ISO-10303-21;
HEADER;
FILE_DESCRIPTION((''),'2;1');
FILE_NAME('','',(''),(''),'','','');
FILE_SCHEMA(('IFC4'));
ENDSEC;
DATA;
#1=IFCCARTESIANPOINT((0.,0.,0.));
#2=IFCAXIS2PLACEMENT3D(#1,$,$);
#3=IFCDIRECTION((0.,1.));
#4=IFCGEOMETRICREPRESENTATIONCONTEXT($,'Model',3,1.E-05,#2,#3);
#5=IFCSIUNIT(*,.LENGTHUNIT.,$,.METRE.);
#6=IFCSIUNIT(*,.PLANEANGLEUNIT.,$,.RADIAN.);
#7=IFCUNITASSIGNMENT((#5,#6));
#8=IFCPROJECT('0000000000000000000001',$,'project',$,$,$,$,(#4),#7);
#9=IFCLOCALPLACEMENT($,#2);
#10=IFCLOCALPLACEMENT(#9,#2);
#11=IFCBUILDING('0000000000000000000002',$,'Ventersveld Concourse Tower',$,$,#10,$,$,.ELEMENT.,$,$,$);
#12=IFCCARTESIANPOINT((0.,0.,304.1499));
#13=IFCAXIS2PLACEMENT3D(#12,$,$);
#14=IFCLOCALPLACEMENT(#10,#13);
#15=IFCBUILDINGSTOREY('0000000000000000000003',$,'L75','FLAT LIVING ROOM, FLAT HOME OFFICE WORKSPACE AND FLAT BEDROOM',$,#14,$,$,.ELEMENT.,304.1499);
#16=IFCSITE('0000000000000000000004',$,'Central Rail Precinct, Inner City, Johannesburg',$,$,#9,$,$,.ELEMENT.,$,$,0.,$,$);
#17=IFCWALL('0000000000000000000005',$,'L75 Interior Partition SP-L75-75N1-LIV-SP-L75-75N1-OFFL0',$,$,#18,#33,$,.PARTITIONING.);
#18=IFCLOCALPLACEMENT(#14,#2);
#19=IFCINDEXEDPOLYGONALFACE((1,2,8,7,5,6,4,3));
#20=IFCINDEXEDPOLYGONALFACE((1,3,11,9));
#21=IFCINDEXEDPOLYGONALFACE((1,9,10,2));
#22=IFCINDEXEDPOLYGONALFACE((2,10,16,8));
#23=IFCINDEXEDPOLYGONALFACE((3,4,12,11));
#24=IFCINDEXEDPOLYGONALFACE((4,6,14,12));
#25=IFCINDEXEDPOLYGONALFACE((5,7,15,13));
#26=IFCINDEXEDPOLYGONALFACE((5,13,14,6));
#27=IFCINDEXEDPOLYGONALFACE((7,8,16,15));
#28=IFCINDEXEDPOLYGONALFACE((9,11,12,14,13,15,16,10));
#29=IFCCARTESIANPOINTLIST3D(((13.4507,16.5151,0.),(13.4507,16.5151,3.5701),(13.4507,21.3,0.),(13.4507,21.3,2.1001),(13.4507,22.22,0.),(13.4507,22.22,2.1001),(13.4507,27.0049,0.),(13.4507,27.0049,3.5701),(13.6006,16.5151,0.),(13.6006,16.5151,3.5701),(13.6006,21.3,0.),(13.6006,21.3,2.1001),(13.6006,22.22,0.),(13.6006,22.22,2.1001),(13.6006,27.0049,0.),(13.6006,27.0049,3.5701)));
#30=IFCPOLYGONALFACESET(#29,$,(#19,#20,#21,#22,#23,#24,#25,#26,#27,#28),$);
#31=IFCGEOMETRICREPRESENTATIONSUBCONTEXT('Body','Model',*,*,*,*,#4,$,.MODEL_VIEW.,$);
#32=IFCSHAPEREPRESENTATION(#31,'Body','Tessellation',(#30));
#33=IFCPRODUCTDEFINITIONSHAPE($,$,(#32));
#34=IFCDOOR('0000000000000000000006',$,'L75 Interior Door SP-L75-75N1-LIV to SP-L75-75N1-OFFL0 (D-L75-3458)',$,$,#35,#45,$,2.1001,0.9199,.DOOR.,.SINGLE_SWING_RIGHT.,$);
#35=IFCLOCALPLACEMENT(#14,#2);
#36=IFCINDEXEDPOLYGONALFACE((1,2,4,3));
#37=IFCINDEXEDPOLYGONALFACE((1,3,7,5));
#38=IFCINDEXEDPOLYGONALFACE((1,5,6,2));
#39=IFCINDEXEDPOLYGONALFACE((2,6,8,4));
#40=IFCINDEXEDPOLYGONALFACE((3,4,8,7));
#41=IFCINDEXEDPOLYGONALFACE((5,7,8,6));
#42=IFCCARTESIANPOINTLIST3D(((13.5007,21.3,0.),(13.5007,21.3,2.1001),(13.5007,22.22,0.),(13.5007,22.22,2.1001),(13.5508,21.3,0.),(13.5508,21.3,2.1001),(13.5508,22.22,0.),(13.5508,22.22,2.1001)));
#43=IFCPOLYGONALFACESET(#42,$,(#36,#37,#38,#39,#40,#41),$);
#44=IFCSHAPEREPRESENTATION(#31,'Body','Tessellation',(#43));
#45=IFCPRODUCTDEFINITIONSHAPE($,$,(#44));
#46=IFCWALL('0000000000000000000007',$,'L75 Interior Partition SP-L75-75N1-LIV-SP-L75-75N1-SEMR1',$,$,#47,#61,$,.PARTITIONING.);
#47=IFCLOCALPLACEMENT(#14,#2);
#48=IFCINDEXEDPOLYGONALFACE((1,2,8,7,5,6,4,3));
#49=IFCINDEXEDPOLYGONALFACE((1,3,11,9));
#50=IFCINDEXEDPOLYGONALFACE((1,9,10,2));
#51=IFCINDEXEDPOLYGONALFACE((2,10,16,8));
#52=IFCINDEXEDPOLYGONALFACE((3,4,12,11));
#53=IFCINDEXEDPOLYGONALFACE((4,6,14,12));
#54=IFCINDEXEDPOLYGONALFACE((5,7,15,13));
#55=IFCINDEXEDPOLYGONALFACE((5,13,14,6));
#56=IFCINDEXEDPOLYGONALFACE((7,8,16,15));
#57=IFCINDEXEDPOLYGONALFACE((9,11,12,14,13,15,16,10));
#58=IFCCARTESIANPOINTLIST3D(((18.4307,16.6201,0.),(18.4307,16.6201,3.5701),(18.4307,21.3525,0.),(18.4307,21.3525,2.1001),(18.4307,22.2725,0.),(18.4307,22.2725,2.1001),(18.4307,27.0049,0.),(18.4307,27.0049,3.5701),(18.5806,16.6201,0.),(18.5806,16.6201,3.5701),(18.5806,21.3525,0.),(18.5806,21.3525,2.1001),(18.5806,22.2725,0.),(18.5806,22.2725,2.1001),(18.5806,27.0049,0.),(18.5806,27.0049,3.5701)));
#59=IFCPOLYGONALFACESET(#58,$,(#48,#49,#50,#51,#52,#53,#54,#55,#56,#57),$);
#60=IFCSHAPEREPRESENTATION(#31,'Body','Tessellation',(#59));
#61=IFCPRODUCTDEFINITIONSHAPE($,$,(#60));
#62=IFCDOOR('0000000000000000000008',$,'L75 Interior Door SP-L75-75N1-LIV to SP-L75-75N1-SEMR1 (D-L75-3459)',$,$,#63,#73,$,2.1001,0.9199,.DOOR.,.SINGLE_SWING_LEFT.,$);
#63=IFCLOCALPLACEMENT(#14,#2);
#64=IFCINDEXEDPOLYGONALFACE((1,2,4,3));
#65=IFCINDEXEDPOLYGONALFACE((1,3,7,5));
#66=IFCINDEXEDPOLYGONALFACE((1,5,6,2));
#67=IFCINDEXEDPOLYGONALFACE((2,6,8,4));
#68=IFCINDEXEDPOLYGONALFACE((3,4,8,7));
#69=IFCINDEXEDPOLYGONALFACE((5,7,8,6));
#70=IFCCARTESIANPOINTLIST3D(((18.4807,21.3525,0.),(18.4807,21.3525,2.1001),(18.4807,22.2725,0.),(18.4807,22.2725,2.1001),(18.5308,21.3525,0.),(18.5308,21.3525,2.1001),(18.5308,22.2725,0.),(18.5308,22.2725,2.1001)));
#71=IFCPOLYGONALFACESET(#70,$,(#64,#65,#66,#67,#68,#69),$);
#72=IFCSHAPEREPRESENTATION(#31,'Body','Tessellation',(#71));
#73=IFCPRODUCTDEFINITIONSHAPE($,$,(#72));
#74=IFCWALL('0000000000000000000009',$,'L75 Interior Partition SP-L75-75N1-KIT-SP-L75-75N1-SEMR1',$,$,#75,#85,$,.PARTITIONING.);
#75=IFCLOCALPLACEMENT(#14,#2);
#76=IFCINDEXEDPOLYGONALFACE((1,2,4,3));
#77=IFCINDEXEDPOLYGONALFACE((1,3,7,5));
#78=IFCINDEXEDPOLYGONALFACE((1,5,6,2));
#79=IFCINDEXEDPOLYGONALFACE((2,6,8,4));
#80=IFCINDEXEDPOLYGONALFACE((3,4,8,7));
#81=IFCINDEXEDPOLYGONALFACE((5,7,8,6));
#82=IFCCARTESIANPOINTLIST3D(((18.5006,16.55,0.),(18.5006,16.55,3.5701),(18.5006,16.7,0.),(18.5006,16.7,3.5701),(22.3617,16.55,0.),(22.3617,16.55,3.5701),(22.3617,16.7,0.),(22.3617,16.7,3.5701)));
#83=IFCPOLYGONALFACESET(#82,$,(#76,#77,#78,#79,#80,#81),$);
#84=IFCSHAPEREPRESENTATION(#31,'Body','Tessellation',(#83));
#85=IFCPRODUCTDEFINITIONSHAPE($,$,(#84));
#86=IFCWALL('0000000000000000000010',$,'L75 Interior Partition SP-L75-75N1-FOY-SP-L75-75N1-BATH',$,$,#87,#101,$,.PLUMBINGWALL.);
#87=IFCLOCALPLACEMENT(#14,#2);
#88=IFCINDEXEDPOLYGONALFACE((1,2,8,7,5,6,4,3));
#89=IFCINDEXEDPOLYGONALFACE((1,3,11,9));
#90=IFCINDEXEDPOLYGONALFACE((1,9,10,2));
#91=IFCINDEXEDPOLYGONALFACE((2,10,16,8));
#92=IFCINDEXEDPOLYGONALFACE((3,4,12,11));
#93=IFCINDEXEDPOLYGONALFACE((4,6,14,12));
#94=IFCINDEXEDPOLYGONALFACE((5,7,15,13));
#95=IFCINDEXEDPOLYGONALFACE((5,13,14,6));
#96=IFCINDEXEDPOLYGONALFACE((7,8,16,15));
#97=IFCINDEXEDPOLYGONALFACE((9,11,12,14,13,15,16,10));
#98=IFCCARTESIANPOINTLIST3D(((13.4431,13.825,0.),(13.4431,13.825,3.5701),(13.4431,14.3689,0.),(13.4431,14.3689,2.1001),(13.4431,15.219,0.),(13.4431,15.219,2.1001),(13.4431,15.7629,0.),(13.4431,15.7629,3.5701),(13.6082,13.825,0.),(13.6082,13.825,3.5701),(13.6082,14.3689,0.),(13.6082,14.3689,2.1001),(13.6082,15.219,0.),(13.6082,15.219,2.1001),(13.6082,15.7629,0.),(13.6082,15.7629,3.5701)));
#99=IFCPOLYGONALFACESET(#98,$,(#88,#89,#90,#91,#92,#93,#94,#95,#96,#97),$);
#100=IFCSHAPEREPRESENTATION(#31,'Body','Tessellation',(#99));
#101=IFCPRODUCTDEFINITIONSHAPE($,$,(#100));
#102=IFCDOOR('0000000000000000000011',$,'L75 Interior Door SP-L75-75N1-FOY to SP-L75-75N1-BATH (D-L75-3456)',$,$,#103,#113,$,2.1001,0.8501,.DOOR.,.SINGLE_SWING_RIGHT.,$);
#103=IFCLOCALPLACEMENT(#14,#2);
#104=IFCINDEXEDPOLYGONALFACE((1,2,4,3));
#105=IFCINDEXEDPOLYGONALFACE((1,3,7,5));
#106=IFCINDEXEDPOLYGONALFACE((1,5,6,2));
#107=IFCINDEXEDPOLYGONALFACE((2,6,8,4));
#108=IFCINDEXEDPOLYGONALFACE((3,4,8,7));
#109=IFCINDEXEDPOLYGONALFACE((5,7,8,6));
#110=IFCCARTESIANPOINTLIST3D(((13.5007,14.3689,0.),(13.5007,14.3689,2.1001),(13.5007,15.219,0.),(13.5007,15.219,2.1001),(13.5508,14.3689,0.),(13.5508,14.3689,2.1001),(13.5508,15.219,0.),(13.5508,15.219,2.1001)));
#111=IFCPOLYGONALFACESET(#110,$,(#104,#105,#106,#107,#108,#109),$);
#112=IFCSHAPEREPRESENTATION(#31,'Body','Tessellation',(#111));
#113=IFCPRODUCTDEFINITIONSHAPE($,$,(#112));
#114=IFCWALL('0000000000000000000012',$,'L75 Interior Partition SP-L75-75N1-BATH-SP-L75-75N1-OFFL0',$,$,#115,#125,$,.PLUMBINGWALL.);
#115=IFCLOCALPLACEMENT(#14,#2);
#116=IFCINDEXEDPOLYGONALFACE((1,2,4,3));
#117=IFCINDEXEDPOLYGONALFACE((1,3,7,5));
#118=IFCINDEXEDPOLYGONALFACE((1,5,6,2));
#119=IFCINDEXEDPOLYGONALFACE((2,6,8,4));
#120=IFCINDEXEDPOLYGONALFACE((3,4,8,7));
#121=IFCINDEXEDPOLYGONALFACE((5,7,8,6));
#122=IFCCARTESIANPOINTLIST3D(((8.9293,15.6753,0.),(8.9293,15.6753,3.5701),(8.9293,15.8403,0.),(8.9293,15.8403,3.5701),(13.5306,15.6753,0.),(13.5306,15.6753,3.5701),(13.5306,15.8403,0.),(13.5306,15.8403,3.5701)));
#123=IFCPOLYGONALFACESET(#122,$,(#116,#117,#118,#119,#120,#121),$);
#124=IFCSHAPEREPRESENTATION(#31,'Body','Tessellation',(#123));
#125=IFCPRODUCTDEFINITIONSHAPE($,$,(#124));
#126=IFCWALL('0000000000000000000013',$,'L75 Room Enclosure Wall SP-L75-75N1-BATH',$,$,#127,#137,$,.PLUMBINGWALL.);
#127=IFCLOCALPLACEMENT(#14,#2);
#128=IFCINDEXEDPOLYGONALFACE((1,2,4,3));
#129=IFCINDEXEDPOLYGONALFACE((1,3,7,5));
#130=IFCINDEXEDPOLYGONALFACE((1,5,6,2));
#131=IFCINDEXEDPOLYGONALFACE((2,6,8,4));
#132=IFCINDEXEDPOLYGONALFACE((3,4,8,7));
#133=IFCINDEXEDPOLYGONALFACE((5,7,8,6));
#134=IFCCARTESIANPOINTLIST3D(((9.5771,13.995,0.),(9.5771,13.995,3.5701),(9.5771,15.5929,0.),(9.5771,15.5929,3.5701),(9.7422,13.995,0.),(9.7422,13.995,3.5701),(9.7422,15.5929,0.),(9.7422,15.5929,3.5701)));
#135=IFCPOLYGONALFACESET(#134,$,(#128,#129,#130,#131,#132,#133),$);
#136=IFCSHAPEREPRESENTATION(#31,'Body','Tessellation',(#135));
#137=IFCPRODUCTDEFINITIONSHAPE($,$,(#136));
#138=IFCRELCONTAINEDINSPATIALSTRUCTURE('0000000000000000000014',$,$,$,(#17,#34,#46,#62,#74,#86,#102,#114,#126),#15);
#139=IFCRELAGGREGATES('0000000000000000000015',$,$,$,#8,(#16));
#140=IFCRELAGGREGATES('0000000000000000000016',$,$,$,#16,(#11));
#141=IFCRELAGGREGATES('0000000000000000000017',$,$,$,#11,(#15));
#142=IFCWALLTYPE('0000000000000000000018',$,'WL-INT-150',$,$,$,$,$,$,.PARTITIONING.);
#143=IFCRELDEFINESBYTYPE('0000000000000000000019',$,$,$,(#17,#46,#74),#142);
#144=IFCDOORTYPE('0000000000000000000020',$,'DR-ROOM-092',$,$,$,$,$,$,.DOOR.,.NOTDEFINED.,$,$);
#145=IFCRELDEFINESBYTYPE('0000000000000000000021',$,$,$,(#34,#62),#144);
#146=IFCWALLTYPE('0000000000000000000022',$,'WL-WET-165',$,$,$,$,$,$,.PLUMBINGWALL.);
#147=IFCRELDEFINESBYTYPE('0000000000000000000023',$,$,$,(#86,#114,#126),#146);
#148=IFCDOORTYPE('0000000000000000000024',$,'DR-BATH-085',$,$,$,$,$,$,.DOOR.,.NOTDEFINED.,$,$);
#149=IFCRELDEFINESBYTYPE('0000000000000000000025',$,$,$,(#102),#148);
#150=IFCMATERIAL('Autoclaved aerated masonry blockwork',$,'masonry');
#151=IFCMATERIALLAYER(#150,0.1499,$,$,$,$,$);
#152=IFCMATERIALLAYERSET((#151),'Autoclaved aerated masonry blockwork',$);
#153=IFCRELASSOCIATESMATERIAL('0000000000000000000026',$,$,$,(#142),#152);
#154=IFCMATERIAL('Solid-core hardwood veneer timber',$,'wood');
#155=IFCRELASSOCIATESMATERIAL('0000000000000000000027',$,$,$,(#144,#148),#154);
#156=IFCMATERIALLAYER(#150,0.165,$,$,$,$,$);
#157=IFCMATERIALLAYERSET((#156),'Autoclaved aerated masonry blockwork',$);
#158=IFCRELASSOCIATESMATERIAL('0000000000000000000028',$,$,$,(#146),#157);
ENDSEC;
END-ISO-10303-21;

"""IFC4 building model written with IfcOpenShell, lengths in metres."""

from ifc_helpers import new_model, si_unit, direction, frame, frame_2d, origin, place, context, subcontext, project, spatial, rectangle, extrude, material, layer, layer_set, type_object, element, fill, save


model = new_model("IFC4")

# Units and contexts
model_context = context("Model", 3, precision=1e-05, world=origin(), true_north=direction((0.0, 1.0)))
body_context = subcontext(model_context, "Body", "Model", "MODEL_VIEW")
ifc_project = project(units=[si_unit("LENGTHUNIT", "METRE"), si_unit("PLANEANGLEUNIT", "RADIAN")], contexts=[model_context])

# Site, building, storey
site_placement = place(None, origin())
site = spatial("IfcSite", under=ifc_project, at=site_placement, Name="Central Rail Precinct, Inner City, Johannesburg", CompositionType="ELEMENT", RefElevation=0.0)
building_placement = place(site_placement, origin())
building = spatial("IfcBuilding", under=site, at=building_placement, Name="Ventersveld Concourse Tower", CompositionType="ELEMENT")
storey_placement = place(building_placement, frame((0.0, 0.0, 304.1499)))
storey = spatial("IfcBuildingStorey", under=building, at=storey_placement, Name="L75", Description="FLAT LIVING ROOM, FLAT HOME OFFICE WORKSPACE AND FLAT BEDROOM", CompositionType="ELEMENT", Elevation=304.1499)

# Shared definitions
ifc_material_1 = material(Name="Solid-core hardwood veneer timber", Category="wood")

# Shared definitions
ifc_material_2 = material(Name="Autoclaved aerated masonry blockwork", Category="masonry")
ifc_layer_1 = layer(ifc_material_2, 0.1499)
ifc_layer_set_1 = layer_set([ifc_layer_1], Name="Autoclaved aerated masonry blockwork")
wall_type_1 = type_object("IfcWallType", Name="WL-INT-150", PredefinedType="PARTITIONING", material=ifc_layer_set_1)
door_type_1 = type_object("IfcDoorType", Name="DR-ROOM-092", OperationType="NOTDEFINED", PredefinedType="DOOR", material=ifc_material_1)

# Walls, openings, doors
wall_1_placement = place(storey_placement, frame((13.5256, 16.5151, 0.0), z_axis=(0.0, 0.0, 1.0), x_axis=(0.0, 1.0, 0.0)))
wall_1 = element("IfcWall", 1, at=wall_1_placement, inside=storey, type_object=wall_type_1, Name="L75 Interior Partition SP-L75-75N1-LIV-SP-L75-75N1-OFFL0", PredefinedType="PARTITIONING", context=body_context, shape_type="SweptSolid", body=[
    extrude(rectangle(XDim=10.4897, YDim=0.1499, at=frame_2d((5.2449, 0.0))), origin(), (0.0, 0.0, 1.0), 3.5701),
])
opening_1_placement = place(wall_1_placement, frame((4.7849, 0.0, 0.0)))
opening_1 = element("IfcOpeningElement", 2, at=opening_1_placement, cuts=wall_1, PredefinedType="OPENING", context=body_context, shape_type="SweptSolid", body=[
    extrude(rectangle(XDim=0.9199, YDim=2.1001, at=frame_2d((0.46, 1.05))), frame((0.0, 0.085, 0.0), z_axis=(0.0, -1.0, 0.0), x_axis=(1.0, 0.0, 0.0)), (0.0, 0.0, 1.0), 0.1699),
])
door_1_placement = place(opening_1_placement, origin())
door_1 = element("IfcDoor", 3, at=door_1_placement, inside=storey, type_object=door_type_1, Name="L75 Interior Door SP-L75-75N1-LIV to SP-L75-75N1-OFFL0 (D-L75-3458)", OperationType="SINGLE_SWING_RIGHT", OverallHeight=2.1001, OverallWidth=0.9199, PredefinedType="DOOR", context=body_context, shape_type="SweptSolid", body=[
    extrude(rectangle(XDim=0.9199, YDim=2.1001, at=frame_2d((0.46, 1.05))), frame((0.0, 0.0249, 0.0), z_axis=(0.0, -1.0, 0.0), x_axis=(1.0, 0.0, 0.0)), (0.0, 0.0, 1.0), 0.05),
])
fill(opening_1, door_1)
wall_2_placement = place(storey_placement, frame((18.5056, 16.6201, 0.0), z_axis=(0.0, 0.0, 1.0), x_axis=(0.0, 1.0, 0.0)))
wall_2 = element("IfcWall", 4, at=wall_2_placement, inside=storey, type_object=wall_type_1, Name="L75 Interior Partition SP-L75-75N1-LIV-SP-L75-75N1-SEMR1", PredefinedType="PARTITIONING", context=body_context, shape_type="SweptSolid", body=[
    extrude(rectangle(XDim=10.3848, YDim=0.1499, at=frame_2d((5.1924, 0.0))), origin(), (0.0, 0.0, 1.0), 3.5701),
])
opening_2_placement = place(wall_2_placement, frame((4.7324, 0.0, 0.0)))
opening_2 = element("IfcOpeningElement", 5, at=opening_2_placement, cuts=wall_2, PredefinedType="OPENING", context=body_context, shape_type="SweptSolid", body=[
    extrude(rectangle(XDim=0.9199, YDim=2.1001, at=frame_2d((0.46, 1.05))), frame((0.0, 0.085, 0.0), z_axis=(0.0, -1.0, 0.0), x_axis=(1.0, 0.0, 0.0)), (0.0, 0.0, 1.0), 0.1699),
])
door_2_placement = place(opening_2_placement, origin())
door_2 = element("IfcDoor", 6, at=door_2_placement, inside=storey, type_object=door_type_1, Name="L75 Interior Door SP-L75-75N1-LIV to SP-L75-75N1-SEMR1 (D-L75-3459)", OperationType="SINGLE_SWING_LEFT", OverallHeight=2.1001, OverallWidth=0.9199, PredefinedType="DOOR", context=body_context, shape_type="SweptSolid", body=[
    extrude(rectangle(XDim=0.9199, YDim=2.1001, at=frame_2d((0.46, 1.05))), frame((0.0, 0.0249, 0.0), z_axis=(0.0, -1.0, 0.0), x_axis=(1.0, 0.0, 0.0)), (0.0, 0.0, 1.0), 0.05),
])
fill(opening_2, door_2)

# Wall
wall_3_placement = place(storey_placement, frame((18.5005, 16.625, 0.0), z_axis=(0.0, 0.0, 1.0), x_axis=(1.0, 0.0, 0.0)))
element("IfcWall", 7, at=wall_3_placement, inside=storey, type_object=wall_type_1, Name="L75 Interior Partition SP-L75-75N1-KIT-SP-L75-75N1-SEMR1", PredefinedType="PARTITIONING", context=body_context, shape_type="SweptSolid", body=[
    extrude(rectangle(XDim=3.8611, YDim=0.1499, at=frame_2d((1.9307, 0.0))), origin(), (0.0, 0.0, 1.0), 3.5701),
])

# Wall, opening, door
ifc_layer_2 = layer(ifc_material_2, 0.165)
ifc_layer_set_2 = layer_set([ifc_layer_2], Name="Autoclaved aerated masonry blockwork")
wall_type_2 = type_object("IfcWallType", Name="WL-WET-165", PredefinedType="PLUMBINGWALL", material=ifc_layer_set_2)
wall_4_placement = place(storey_placement, frame((13.5256, 13.825, 0.0), z_axis=(0.0, 0.0, 1.0), x_axis=(0.0, 1.0, 0.0)))
wall_4 = element("IfcWall", 8, at=wall_4_placement, inside=storey, type_object=wall_type_2, Name="L75 Interior Partition SP-L75-75N1-FOY-SP-L75-75N1-BATH", PredefinedType="PLUMBINGWALL", context=body_context, shape_type="SweptSolid", body=[
    extrude(rectangle(XDim=1.938, YDim=0.165, at=frame_2d((0.969, 0.0))), origin(), (0.0, 0.0, 1.0), 3.5701),
])
opening_3_placement = place(wall_4_placement, frame((0.5439, 0.0, 0.0)))
opening_3 = element("IfcOpeningElement", 9, at=opening_3_placement, cuts=wall_4, PredefinedType="OPENING", context=body_context, shape_type="SweptSolid", body=[
    extrude(rectangle(XDim=0.8501, YDim=2.1001, at=frame_2d((0.425, 1.05))), frame((0.0, 0.0925, 0.0), z_axis=(0.0, -1.0, 0.0), x_axis=(1.0, 0.0, 0.0)), (0.0, 0.0, 1.0), 0.1851),
])
door_type_2 = type_object("IfcDoorType", Name="DR-BATH-085", OperationType="NOTDEFINED", PredefinedType="DOOR", material=ifc_material_1)
door_3_placement = place(opening_3_placement, origin())
door_3 = element("IfcDoor", 10, at=door_3_placement, inside=storey, type_object=door_type_2, Name="L75 Interior Door SP-L75-75N1-FOY to SP-L75-75N1-BATH (D-L75-3456)", OperationType="SINGLE_SWING_RIGHT", OverallHeight=2.1001, OverallWidth=0.8501, PredefinedType="DOOR", context=body_context, shape_type="SweptSolid", body=[
    extrude(rectangle(XDim=0.8501, YDim=2.1001, at=frame_2d((0.425, 1.05))), frame((0.0, 0.0249, 0.0), z_axis=(0.0, -1.0, 0.0), x_axis=(1.0, 0.0, 0.0)), (0.0, 0.0, 1.0), 0.05),
])
fill(opening_3, door_3)

# Walls
wall_5_placement = place(storey_placement, frame((8.9292, 15.7578, 0.0), z_axis=(0.0, 0.0, 1.0), x_axis=(1.0, 0.0, 0.0)))
element("IfcWall", 11, at=wall_5_placement, inside=storey, type_object=wall_type_2, Name="L75 Interior Partition SP-L75-75N1-BATH-SP-L75-75N1-OFFL0", PredefinedType="PLUMBINGWALL", context=body_context, shape_type="SweptSolid", body=[
    extrude(rectangle(XDim=4.6013, YDim=0.165, at=frame_2d((2.3008, 0.0))), origin(), (0.0, 0.0, 1.0), 3.5701),
])
wall_6_placement = place(storey_placement, frame((9.6597, 13.9951, 0.0), z_axis=(0.0, 0.0, 1.0), x_axis=(0.0, 1.0, 0.0)))
element("IfcWall", 12, at=wall_6_placement, inside=storey, type_object=wall_type_2, Name="L75 Room Enclosure Wall SP-L75-75N1-BATH", PredefinedType="PLUMBINGWALL", context=body_context, shape_type="SweptSolid", body=[
    extrude(rectangle(XDim=1.5979, YDim=0.165, at=frame_2d((0.7988, 0.0))), origin(), (0.0, 0.0, 1.0), 3.5701),
])

save(model, "model.ifc")
